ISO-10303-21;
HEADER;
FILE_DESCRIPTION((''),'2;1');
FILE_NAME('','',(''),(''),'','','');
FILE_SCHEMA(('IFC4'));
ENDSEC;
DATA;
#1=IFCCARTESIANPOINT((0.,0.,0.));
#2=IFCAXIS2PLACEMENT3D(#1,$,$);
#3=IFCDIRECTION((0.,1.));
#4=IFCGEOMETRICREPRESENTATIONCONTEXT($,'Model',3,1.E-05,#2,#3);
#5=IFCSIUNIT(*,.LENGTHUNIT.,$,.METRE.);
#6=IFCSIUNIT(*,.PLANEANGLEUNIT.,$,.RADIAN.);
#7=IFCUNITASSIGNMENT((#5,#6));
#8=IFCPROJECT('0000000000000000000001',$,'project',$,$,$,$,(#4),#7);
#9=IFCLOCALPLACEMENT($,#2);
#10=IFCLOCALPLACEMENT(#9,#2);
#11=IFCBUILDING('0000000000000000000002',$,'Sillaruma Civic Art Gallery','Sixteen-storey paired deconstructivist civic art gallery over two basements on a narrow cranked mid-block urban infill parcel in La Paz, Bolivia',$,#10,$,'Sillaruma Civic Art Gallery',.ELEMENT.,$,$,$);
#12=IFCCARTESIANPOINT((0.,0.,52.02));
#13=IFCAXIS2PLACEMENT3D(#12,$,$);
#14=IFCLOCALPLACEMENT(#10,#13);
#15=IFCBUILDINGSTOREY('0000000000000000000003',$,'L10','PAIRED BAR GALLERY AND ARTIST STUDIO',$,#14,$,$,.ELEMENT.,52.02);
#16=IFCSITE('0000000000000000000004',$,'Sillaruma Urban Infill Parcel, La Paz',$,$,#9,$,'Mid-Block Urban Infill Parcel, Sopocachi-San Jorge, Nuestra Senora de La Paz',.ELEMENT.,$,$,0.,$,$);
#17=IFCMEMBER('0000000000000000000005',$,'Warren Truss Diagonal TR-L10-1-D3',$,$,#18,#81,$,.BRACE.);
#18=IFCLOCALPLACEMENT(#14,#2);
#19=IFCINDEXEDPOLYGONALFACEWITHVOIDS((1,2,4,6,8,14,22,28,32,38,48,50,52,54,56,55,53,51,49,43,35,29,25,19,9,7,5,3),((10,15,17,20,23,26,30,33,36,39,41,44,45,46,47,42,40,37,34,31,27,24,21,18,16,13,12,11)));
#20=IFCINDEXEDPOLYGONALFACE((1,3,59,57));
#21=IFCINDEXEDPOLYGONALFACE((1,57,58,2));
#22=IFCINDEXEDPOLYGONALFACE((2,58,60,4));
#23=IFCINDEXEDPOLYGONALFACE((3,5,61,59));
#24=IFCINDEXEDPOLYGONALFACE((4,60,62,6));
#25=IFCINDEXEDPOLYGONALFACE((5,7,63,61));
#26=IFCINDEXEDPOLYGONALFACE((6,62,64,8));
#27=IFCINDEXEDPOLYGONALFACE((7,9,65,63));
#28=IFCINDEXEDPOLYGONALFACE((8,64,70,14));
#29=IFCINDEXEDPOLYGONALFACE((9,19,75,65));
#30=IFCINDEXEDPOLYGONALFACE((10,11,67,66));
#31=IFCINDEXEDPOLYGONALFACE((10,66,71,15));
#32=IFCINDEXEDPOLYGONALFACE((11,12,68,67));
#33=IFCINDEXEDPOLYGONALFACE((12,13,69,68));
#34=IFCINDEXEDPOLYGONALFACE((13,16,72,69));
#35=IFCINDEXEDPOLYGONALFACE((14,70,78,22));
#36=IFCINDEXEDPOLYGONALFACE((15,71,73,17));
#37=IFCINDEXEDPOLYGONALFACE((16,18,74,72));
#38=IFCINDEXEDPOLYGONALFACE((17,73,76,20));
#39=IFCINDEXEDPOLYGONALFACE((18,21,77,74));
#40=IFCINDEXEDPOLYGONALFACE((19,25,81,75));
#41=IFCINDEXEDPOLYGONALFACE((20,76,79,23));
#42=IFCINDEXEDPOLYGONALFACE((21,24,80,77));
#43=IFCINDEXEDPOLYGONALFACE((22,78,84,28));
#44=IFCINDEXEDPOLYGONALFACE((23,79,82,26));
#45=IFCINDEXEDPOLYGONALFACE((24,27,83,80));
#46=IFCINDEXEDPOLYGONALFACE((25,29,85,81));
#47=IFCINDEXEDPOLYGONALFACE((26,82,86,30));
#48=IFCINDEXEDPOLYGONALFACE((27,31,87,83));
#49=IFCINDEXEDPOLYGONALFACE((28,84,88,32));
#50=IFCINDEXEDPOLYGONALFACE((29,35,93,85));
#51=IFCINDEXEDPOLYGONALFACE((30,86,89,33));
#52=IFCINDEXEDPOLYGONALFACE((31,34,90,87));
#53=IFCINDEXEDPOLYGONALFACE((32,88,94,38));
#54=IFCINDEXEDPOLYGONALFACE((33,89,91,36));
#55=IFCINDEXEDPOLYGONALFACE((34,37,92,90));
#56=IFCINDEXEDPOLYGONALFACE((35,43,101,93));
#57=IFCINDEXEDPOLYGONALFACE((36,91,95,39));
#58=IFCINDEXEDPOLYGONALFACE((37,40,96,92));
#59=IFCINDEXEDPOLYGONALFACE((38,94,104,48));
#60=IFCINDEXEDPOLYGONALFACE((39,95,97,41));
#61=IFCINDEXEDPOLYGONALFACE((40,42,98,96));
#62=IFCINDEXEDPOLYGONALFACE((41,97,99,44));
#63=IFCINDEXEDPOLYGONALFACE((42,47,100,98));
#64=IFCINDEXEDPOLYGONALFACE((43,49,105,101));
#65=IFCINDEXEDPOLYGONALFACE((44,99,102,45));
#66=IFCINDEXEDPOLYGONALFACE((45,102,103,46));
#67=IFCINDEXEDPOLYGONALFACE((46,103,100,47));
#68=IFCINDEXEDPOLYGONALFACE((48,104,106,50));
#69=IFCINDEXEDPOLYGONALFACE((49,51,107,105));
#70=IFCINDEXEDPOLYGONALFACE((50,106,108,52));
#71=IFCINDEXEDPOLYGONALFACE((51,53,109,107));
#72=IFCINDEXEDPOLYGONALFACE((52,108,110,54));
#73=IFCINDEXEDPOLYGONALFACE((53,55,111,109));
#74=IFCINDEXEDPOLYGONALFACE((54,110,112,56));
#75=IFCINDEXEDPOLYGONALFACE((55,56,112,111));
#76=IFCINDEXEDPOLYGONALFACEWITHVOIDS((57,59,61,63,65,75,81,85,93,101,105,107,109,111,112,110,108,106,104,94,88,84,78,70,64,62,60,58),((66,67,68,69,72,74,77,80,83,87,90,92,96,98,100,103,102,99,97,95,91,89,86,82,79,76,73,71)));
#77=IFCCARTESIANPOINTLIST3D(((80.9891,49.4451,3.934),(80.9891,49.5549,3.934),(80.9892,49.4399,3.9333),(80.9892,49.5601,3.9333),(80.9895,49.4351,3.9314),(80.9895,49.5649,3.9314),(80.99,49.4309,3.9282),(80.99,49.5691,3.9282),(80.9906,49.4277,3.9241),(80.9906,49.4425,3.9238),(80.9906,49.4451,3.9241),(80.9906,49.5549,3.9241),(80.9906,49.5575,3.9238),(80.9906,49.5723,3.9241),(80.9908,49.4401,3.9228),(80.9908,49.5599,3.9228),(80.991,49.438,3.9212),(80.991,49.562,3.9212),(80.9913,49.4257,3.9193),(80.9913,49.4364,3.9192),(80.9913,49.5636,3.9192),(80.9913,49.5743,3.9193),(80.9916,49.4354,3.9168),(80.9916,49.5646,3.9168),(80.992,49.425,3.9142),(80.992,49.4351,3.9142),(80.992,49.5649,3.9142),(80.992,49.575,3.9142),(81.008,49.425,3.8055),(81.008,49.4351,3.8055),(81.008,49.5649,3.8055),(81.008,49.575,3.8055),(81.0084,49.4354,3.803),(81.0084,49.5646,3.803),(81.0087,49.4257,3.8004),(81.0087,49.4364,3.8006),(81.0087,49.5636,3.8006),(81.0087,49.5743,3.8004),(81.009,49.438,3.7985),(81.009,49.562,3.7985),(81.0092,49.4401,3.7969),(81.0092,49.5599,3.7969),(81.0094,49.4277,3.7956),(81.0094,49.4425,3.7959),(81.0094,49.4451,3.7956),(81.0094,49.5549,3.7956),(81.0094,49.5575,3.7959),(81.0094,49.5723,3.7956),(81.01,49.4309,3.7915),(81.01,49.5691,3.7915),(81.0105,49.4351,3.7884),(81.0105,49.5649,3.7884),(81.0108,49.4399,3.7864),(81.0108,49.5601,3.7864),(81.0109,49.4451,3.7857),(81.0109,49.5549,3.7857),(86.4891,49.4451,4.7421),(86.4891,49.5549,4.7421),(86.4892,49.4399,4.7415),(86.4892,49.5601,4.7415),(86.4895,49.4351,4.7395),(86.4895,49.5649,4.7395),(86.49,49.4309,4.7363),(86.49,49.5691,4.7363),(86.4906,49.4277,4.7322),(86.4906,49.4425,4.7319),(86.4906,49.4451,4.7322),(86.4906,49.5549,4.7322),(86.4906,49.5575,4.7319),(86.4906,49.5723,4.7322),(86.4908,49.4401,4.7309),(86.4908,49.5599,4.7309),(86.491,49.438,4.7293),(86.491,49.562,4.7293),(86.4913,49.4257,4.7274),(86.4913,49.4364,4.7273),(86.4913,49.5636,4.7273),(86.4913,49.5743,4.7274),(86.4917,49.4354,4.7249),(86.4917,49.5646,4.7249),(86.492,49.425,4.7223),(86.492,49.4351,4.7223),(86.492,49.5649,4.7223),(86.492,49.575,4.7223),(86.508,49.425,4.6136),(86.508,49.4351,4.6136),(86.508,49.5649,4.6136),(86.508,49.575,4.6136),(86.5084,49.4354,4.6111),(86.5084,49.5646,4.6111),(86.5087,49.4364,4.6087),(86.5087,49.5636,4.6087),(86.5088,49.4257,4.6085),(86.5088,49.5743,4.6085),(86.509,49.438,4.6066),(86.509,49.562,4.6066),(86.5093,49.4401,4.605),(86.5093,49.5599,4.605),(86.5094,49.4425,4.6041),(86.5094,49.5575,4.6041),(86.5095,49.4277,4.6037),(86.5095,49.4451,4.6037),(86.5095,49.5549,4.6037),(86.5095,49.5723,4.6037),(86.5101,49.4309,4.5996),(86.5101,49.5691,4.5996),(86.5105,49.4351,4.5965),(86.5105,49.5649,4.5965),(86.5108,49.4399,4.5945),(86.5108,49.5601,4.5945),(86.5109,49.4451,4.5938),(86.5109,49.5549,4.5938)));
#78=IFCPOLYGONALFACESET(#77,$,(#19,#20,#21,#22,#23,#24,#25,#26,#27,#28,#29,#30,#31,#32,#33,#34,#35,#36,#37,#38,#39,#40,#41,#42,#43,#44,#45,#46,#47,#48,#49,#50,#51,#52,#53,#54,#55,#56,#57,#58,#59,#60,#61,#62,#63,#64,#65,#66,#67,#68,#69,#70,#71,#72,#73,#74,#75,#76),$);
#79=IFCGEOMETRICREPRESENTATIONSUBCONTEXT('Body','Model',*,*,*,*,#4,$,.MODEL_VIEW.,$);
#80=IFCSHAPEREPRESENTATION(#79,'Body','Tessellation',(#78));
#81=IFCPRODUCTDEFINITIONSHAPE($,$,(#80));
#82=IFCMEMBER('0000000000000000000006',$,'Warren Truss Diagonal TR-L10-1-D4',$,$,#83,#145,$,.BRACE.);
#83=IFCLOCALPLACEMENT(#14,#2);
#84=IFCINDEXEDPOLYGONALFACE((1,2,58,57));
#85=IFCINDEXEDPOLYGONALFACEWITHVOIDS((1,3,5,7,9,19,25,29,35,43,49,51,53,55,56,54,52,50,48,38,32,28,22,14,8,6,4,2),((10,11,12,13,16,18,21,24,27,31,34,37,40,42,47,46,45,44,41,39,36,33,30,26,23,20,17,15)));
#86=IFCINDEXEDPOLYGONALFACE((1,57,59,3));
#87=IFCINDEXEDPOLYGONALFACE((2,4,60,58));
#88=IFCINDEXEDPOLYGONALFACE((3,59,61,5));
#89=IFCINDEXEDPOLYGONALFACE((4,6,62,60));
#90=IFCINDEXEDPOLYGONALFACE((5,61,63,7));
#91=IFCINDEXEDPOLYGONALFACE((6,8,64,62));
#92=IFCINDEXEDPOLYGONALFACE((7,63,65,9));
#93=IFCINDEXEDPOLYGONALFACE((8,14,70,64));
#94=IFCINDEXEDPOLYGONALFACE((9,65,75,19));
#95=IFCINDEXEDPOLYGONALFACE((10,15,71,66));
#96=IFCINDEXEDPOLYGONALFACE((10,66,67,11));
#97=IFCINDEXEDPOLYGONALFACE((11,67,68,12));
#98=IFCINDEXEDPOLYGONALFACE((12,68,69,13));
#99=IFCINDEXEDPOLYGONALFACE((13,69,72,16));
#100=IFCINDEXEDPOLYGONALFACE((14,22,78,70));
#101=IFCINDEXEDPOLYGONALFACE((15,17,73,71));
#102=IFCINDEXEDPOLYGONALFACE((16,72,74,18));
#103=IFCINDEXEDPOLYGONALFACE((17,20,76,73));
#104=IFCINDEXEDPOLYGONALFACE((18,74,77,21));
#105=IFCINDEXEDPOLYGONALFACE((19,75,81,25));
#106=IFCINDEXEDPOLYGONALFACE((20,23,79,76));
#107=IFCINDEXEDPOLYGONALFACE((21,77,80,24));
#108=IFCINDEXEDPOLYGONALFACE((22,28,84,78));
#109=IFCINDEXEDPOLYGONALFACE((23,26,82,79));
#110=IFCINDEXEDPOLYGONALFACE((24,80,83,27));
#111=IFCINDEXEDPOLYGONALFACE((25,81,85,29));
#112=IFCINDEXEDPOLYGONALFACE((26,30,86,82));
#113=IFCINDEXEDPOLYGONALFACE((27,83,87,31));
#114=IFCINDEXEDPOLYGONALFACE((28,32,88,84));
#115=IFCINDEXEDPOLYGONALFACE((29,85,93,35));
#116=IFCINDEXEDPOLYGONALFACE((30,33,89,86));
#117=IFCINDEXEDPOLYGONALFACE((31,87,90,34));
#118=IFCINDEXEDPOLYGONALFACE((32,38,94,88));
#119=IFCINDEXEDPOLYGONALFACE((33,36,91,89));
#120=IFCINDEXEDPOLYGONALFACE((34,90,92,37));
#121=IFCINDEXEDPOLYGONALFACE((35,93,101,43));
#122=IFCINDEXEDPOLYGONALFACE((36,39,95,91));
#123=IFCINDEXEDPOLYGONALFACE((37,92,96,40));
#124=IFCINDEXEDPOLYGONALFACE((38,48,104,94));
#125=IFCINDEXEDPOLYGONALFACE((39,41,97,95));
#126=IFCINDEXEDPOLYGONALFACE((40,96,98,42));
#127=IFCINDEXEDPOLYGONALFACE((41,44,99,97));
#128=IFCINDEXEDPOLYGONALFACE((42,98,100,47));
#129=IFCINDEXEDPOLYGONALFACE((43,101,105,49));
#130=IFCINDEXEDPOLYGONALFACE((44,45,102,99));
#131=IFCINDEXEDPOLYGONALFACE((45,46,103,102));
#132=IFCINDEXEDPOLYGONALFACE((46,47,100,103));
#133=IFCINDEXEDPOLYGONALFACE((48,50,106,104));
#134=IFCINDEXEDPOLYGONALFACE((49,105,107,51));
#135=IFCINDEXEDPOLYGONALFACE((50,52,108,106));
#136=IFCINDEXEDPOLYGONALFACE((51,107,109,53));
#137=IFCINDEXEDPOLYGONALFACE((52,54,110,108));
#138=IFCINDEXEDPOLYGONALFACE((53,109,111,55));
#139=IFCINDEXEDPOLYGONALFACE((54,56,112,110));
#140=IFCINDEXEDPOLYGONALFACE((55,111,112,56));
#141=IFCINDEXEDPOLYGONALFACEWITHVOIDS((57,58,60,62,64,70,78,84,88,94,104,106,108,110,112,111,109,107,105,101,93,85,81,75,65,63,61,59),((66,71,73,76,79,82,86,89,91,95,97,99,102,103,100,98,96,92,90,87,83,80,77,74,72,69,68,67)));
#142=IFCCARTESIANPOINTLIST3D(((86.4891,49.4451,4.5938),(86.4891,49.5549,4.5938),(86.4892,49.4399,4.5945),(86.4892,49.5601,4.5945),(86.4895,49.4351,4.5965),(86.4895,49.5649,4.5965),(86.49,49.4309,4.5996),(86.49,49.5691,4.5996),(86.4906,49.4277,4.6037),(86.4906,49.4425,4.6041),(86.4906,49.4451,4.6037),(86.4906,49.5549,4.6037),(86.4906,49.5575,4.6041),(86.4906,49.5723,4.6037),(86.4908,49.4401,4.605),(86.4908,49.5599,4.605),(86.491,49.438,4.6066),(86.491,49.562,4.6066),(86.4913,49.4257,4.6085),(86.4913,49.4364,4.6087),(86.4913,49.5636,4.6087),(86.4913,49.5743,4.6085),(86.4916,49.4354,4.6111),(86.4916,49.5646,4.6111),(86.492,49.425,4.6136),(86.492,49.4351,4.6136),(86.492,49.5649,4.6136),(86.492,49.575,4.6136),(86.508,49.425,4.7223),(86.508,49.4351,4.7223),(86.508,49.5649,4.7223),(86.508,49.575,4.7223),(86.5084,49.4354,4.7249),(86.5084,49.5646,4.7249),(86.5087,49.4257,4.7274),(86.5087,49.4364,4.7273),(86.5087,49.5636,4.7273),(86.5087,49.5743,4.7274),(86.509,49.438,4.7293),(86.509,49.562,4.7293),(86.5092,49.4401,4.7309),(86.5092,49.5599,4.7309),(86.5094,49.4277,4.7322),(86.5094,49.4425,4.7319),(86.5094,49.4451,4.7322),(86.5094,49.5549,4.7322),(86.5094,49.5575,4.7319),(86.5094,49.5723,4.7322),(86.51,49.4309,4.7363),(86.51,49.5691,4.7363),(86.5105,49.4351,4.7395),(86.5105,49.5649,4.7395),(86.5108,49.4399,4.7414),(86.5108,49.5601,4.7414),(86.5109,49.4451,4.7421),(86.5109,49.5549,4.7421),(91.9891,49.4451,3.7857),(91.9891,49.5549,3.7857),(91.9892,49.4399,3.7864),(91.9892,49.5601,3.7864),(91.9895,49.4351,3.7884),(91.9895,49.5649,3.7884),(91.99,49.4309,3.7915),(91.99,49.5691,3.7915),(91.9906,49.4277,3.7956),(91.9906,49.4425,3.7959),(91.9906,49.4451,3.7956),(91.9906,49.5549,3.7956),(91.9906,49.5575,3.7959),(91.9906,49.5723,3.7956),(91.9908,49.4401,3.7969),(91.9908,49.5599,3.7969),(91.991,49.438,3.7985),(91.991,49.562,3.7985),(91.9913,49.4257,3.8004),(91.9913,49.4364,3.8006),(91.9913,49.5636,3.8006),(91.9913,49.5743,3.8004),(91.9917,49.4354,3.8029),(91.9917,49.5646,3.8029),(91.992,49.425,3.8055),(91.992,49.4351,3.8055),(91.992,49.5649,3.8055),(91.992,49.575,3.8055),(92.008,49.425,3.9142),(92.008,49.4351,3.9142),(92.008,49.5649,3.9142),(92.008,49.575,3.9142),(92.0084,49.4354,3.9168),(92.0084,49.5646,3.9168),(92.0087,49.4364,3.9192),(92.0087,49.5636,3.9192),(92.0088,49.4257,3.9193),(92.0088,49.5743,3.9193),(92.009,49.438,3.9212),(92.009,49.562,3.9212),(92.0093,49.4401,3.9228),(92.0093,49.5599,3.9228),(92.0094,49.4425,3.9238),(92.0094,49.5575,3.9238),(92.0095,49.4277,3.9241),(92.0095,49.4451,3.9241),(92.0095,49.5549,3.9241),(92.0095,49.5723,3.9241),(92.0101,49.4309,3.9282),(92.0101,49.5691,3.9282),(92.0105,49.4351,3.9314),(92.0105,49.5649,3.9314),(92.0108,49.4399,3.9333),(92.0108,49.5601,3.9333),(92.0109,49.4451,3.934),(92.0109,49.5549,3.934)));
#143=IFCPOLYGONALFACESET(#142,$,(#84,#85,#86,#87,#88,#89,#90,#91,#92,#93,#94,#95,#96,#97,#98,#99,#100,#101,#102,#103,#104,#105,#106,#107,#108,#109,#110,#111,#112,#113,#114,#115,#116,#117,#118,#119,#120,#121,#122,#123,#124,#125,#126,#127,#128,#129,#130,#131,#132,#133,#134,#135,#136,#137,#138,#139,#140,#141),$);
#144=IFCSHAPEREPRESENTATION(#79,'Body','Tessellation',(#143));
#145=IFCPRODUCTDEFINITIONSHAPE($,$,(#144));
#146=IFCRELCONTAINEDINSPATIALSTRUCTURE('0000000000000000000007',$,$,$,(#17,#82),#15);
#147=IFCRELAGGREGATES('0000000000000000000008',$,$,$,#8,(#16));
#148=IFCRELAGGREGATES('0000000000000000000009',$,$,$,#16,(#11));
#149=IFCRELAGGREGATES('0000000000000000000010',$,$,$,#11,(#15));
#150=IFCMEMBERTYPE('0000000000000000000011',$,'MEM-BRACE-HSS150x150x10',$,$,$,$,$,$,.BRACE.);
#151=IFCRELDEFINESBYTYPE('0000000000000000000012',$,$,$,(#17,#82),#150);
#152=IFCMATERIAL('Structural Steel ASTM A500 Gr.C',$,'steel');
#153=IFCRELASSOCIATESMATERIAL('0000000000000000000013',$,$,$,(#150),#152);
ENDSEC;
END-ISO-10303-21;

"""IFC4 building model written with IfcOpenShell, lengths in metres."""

from ifc_helpers import new_model, si_unit, direction, frame, origin, origin_2d, place, context, subcontext, project, spatial, hollow_rectangle, extrude, material, material_profile, profile_set, type_object, element, save


model = new_model("IFC4")

# Units and contexts
model_context = context("Model", 3, precision=1e-05, world=origin(), true_north=direction((0.0, 1.0)))
body_context = subcontext(model_context, "Body", "Model", "MODEL_VIEW")
ifc_project = project(units=[si_unit("LENGTHUNIT", "METRE"), si_unit("PLANEANGLEUNIT", "RADIAN")], contexts=[model_context])

# Site, building, storey
site_placement = place(None, origin())
site = spatial("IfcSite", under=ifc_project, at=site_placement, Name="Sillaruma Urban Infill Parcel, La Paz", LongName="Mid-Block Urban Infill Parcel, Sopocachi-San Jorge, Nuestra Senora de La Paz", CompositionType="ELEMENT", RefElevation=0.0)
building_placement = place(site_placement, origin())
building = spatial("IfcBuilding", under=site, at=building_placement, Name="Sillaruma Civic Art Gallery", Description="Sixteen-storey paired deconstructivist civic art gallery over two basements on a narrow cranked mid-block urban infill parcel in La Paz, Bolivia", LongName="Sillaruma Civic Art Gallery", CompositionType="ELEMENT")
storey_placement = place(building_placement, frame((0.0, 0.0, 52.02)))
storey = spatial("IfcBuildingStorey", under=building, at=storey_placement, Name="L10", Description="PAIRED BAR GALLERY AND ARTIST STUDIO", CompositionType="ELEMENT", Elevation=52.02)

# Members
ifc_material_1 = material(Name="Structural Steel ASTM A500 Gr.C", Category="steel")
ifc_material_profile_1 = material_profile(ifc_material_1, hollow_rectangle(XDim=0.1499, YDim=0.1499, WallThickness=0.01, InnerFilletRadius=0.01, OuterFilletRadius=0.02, at=origin_2d()), Name="HSS150x150x10")
ifc_profile_set_1 = profile_set([ifc_material_profile_1], Name="Structural Steel ASTM A500 Gr.C")
member_type_1 = type_object("IfcMemberType", Name="MEM-BRACE-HSS150x150x10", PredefinedType="BRACE", material=ifc_profile_set_1)
for number, where, z_axis, x_axis, name in (
    (1, (81.0, 49.5, 3.8599), (0.989378, 0.0, 0.145368), (0.0, 1.0, 0.0), "Warren Truss Diagonal TR-L10-1-D3"),
    (2, (86.5, 49.5, 4.668), (0.989378, 0.0, -0.145368), (0.0, 1.0, 0.0), "Warren Truss Diagonal TR-L10-1-D4"),
):
    element("IfcMember", number, at=place(storey_placement, frame(where, z_axis=z_axis, x_axis=x_axis)), inside=storey, type_object=member_type_1, Name=name, PredefinedType="BRACE", context=body_context, shape_type="SweptSolid", body=[
        extrude(hollow_rectangle(XDim=0.1499, YDim=0.1499, WallThickness=0.01, InnerFilletRadius=0.01, OuterFilletRadius=0.02, at=origin_2d()), origin(), (0.0, 0.0, 1.0), 5.5591),
    ])

save(model, "model.ifc")
